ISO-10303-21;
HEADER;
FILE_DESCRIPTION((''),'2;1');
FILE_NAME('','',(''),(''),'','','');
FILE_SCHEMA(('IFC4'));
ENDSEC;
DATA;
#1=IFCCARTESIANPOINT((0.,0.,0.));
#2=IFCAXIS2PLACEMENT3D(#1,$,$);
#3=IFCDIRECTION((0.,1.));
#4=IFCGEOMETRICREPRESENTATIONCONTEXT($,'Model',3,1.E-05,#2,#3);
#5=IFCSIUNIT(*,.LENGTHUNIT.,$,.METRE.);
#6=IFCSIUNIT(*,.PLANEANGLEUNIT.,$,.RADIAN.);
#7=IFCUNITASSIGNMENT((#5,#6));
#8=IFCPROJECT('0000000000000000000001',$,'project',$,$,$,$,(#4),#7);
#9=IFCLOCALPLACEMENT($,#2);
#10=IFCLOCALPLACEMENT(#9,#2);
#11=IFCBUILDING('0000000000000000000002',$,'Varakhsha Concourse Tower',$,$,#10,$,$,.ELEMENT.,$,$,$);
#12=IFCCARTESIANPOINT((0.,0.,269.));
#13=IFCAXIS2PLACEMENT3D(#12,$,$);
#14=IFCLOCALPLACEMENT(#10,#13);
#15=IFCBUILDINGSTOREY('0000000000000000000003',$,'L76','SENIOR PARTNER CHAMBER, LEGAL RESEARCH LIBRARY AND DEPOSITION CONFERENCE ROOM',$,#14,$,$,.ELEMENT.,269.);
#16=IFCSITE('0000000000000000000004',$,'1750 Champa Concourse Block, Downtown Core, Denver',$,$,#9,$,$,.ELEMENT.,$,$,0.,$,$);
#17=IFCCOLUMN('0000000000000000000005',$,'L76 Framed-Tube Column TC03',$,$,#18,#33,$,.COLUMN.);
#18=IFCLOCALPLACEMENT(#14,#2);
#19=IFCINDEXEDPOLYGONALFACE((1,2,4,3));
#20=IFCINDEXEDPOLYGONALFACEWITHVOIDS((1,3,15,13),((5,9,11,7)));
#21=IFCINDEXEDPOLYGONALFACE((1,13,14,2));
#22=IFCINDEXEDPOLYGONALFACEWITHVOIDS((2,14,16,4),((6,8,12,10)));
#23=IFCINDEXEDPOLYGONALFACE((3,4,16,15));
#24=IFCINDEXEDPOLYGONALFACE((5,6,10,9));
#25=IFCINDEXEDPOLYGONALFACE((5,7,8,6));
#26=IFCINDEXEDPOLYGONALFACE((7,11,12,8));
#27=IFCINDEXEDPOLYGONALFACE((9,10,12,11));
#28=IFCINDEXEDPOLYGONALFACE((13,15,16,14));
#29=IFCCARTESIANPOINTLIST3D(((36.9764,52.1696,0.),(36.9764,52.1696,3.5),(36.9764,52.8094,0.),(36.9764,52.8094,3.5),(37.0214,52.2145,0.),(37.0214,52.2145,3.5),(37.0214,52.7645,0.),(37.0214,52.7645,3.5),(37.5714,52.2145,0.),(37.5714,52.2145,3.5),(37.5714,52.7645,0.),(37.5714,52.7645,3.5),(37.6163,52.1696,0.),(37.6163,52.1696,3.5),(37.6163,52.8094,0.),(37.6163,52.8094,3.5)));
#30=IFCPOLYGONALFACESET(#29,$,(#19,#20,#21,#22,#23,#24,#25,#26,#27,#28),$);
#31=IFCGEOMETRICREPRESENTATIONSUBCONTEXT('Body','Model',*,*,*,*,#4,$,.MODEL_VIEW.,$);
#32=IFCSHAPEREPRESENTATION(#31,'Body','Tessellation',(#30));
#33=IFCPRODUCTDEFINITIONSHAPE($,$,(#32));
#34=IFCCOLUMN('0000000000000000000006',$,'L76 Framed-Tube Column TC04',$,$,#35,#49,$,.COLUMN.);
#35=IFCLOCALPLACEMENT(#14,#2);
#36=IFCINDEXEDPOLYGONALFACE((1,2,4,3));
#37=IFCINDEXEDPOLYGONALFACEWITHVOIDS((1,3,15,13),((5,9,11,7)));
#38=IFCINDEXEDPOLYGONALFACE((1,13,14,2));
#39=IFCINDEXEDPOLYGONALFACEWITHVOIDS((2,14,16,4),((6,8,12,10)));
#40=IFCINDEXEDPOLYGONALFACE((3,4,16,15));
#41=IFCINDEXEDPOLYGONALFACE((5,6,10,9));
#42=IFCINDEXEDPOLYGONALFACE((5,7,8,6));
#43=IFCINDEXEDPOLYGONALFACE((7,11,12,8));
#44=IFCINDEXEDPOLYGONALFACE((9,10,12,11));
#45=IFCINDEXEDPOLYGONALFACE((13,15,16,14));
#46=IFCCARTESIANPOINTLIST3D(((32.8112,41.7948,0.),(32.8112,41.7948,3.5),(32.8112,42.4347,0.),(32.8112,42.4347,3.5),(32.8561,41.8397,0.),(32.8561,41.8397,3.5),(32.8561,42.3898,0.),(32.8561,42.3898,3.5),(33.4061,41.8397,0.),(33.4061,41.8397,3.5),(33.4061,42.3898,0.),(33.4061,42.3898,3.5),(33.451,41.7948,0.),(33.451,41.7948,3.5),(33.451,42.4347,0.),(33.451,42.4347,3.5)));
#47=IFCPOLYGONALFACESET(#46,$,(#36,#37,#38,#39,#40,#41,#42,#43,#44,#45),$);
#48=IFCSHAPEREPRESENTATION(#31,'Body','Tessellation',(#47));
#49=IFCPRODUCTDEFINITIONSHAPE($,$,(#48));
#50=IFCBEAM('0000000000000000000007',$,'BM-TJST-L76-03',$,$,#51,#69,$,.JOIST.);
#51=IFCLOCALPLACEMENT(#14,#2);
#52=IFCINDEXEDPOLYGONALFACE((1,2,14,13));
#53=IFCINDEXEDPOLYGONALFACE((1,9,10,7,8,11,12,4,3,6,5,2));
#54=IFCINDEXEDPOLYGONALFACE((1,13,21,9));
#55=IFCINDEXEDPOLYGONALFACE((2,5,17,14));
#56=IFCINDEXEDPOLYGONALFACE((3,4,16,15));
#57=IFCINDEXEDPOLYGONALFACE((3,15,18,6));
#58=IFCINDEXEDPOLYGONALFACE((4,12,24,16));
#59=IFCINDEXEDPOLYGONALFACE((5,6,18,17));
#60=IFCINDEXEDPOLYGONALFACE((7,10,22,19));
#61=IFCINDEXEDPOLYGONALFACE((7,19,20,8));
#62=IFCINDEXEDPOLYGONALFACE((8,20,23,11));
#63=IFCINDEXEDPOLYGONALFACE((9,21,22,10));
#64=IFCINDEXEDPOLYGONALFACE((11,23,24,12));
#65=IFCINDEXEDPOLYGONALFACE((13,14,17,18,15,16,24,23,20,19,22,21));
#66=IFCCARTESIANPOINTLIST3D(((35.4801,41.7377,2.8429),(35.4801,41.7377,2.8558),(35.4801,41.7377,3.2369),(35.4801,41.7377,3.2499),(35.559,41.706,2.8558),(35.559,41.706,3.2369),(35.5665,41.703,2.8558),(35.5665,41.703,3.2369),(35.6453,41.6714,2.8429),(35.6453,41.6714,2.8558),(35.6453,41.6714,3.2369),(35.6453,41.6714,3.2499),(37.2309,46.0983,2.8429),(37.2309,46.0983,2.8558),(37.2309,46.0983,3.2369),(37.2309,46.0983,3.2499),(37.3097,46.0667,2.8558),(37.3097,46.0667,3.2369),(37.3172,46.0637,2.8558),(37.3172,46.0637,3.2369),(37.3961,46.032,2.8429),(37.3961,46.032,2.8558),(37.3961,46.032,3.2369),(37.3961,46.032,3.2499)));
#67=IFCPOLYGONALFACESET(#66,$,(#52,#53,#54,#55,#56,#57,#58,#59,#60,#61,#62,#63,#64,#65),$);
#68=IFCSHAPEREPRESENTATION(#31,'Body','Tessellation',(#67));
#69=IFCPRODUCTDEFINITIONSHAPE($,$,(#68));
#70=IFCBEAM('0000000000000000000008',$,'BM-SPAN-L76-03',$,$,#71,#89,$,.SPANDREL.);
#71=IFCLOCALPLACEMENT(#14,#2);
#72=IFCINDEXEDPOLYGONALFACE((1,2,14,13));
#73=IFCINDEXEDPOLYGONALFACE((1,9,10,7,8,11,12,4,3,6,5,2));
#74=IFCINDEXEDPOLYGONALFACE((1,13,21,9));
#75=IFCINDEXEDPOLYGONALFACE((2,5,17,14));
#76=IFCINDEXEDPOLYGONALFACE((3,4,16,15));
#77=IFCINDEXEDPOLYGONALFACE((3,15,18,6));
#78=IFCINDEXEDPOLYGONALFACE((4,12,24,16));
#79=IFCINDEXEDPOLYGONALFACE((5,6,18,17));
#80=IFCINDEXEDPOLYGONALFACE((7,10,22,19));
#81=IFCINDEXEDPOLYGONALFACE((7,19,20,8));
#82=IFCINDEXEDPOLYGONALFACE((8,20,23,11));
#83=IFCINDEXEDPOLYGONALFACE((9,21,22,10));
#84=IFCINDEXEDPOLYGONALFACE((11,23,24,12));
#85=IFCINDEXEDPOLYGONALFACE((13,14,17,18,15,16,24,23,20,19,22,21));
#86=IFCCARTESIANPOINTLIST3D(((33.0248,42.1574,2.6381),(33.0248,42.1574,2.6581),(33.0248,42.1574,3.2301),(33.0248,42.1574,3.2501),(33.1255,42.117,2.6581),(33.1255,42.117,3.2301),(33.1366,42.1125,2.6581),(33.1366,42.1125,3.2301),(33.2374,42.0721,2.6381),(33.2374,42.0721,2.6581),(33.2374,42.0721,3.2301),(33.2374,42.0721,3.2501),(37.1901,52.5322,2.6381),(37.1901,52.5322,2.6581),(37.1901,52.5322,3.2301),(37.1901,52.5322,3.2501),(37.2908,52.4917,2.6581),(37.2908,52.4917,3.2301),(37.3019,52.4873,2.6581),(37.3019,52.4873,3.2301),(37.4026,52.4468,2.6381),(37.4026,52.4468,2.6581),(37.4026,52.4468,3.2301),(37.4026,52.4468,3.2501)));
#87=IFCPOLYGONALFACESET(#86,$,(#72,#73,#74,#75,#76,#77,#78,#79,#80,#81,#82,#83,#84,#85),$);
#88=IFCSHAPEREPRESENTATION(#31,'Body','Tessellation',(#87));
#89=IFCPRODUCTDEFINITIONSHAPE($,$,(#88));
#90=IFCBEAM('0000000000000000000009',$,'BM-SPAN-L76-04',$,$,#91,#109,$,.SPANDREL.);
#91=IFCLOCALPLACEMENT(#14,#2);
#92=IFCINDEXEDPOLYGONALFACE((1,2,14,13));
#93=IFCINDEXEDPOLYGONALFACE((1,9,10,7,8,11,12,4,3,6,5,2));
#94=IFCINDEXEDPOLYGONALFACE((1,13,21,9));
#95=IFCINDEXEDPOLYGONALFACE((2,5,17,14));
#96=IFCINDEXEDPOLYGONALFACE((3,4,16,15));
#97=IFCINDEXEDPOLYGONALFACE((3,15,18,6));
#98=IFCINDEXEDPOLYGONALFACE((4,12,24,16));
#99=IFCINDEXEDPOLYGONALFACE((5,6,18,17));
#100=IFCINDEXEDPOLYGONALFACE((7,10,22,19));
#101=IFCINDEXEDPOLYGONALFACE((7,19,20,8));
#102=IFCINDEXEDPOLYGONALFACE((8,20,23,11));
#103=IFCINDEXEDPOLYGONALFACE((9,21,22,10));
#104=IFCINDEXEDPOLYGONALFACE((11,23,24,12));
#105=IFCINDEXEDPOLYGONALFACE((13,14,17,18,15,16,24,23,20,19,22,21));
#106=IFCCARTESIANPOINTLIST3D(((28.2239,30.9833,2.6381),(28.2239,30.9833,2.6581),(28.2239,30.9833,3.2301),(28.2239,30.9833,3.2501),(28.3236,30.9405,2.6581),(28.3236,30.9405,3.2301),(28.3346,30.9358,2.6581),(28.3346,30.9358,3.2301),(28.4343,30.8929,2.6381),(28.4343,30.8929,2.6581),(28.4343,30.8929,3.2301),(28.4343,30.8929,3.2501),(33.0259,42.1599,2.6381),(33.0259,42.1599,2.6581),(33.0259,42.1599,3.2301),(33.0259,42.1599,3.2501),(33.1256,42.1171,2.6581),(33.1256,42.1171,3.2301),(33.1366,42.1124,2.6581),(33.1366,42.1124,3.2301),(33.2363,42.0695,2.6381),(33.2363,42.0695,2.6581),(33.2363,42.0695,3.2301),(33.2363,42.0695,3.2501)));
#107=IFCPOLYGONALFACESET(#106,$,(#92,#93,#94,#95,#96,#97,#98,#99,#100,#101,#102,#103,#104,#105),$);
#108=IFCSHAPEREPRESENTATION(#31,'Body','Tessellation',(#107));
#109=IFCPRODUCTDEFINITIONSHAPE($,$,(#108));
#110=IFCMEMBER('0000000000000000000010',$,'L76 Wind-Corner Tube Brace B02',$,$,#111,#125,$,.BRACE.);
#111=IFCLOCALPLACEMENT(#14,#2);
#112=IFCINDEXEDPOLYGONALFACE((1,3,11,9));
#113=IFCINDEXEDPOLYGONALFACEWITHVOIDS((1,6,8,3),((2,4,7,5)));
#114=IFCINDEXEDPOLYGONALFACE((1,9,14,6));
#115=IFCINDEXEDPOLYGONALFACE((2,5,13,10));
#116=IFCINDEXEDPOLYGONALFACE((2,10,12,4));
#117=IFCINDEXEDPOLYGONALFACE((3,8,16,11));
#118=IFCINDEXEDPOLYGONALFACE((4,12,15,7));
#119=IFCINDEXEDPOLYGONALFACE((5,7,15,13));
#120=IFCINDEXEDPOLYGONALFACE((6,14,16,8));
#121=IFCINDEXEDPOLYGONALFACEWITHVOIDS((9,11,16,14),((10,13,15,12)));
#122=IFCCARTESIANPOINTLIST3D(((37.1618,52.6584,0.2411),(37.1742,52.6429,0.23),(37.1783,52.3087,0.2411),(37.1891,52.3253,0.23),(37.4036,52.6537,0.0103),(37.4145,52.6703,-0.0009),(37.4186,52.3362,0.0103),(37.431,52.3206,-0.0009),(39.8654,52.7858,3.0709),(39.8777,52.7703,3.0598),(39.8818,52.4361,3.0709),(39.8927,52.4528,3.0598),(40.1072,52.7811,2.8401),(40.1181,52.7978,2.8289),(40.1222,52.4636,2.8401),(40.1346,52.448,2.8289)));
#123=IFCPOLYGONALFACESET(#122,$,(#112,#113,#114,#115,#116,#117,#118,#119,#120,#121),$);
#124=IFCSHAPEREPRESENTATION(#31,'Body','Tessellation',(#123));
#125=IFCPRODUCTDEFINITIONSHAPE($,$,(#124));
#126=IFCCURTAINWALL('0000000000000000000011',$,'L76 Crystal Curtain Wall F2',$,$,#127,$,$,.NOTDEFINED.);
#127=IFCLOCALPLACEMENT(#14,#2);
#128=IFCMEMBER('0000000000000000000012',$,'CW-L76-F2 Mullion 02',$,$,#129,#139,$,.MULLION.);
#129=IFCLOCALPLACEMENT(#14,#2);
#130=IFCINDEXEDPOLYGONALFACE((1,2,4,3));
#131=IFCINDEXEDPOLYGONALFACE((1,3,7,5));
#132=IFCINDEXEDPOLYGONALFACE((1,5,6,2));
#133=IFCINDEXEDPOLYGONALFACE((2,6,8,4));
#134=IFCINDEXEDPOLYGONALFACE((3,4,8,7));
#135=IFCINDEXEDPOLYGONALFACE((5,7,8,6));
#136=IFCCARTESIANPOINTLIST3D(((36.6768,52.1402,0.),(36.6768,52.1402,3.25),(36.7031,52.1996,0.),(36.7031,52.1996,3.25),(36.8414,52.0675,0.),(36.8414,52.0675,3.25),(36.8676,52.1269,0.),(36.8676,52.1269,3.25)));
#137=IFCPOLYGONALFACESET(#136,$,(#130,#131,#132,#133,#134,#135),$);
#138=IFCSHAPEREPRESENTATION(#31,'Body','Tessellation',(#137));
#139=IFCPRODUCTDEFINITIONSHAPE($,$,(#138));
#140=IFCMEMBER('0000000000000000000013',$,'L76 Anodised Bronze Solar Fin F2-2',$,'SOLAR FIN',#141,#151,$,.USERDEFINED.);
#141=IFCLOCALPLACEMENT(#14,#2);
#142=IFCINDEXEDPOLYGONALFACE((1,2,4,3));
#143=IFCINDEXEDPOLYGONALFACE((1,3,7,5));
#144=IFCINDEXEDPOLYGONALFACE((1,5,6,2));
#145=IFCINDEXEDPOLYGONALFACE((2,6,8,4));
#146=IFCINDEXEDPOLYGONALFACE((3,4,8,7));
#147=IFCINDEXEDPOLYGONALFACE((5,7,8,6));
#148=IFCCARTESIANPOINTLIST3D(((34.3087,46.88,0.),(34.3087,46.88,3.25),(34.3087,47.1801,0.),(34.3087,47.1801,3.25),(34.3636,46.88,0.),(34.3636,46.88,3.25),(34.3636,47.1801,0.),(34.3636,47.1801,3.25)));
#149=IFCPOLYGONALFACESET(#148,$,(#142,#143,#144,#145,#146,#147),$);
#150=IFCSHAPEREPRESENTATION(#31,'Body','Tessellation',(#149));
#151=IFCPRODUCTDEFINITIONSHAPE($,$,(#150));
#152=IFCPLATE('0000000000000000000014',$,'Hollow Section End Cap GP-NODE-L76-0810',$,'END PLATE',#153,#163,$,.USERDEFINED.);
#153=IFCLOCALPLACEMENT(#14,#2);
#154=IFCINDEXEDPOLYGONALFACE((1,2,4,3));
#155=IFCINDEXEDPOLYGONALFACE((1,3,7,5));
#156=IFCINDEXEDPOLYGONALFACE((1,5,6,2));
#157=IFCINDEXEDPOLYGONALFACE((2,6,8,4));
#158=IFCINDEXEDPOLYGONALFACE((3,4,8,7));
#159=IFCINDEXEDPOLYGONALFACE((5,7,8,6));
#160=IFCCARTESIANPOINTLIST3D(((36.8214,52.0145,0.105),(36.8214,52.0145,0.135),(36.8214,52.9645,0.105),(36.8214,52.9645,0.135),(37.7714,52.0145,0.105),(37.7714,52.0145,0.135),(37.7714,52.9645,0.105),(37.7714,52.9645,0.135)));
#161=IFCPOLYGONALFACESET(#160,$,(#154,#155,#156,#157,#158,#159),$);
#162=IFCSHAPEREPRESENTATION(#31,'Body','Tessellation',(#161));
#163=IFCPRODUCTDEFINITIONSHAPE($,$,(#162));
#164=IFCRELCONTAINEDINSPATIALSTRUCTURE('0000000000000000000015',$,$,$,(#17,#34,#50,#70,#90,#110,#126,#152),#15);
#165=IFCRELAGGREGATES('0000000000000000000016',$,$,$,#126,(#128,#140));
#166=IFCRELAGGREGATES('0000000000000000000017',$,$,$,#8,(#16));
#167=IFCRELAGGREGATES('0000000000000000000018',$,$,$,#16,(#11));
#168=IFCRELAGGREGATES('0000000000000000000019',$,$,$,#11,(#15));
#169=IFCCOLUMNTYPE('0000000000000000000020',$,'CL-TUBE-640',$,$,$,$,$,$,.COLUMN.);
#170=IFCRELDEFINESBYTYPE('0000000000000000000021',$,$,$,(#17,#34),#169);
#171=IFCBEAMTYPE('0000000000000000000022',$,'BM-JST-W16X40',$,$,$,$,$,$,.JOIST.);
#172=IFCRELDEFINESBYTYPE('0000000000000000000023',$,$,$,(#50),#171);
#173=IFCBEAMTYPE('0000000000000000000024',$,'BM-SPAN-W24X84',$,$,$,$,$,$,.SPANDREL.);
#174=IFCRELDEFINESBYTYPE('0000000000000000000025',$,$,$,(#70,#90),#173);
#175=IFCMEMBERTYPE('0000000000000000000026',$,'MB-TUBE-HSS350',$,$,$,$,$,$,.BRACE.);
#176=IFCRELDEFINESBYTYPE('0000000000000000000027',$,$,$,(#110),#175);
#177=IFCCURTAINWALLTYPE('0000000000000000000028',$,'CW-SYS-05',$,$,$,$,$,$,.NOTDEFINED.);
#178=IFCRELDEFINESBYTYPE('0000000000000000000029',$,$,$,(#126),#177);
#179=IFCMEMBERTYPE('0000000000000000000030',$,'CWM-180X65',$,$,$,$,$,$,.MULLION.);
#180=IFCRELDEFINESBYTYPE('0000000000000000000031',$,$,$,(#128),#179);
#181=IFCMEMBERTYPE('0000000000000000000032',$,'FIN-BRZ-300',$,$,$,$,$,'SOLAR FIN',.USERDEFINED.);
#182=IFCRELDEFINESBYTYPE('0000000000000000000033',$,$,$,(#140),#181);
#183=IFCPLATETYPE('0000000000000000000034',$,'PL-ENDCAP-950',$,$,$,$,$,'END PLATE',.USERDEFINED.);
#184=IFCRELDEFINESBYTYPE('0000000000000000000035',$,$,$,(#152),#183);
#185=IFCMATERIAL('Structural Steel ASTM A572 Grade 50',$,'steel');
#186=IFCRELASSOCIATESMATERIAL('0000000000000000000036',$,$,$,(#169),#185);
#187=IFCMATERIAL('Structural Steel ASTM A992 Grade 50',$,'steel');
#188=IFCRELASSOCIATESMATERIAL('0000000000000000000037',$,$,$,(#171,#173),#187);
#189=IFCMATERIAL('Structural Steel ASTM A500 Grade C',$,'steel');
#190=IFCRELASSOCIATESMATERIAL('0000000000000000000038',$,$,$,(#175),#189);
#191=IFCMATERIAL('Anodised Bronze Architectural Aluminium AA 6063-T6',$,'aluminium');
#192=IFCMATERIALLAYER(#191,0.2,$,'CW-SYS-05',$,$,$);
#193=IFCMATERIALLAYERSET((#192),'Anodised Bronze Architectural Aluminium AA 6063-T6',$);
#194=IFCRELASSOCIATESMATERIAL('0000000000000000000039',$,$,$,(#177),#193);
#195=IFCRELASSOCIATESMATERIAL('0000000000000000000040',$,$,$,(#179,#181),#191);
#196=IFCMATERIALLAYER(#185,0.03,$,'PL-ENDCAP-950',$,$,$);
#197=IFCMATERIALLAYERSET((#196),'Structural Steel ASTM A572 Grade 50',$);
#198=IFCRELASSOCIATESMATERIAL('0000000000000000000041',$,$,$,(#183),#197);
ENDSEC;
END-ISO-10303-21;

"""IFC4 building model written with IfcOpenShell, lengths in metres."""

from ifc_helpers import new_model, si_unit, direction, frame, origin, origin_2d, place, context, subcontext, project, spatial, rectangle, hollow_rectangle, i_section, extrude, source, transform, mapped, material, layer, layer_set, material_profile, profile_set, type_object, type_shapes, element, aggregate, save


model = new_model("IFC4")

# Units and contexts
model_context = context("Model", 3, precision=1e-05, world=origin(), true_north=direction((0.0, 1.0)))
body_context = subcontext(model_context, "Body", "Model", "MODEL_VIEW")
ifc_project = project(units=[si_unit("LENGTHUNIT", "METRE"), si_unit("PLANEANGLEUNIT", "RADIAN")], contexts=[model_context])

# Site, building, storey
site_placement = place(None, origin())
site = spatial("IfcSite", under=ifc_project, at=site_placement, Name="1750 Champa Concourse Block, Downtown Core, Denver", CompositionType="ELEMENT", RefElevation=0.0)
building_placement = place(site_placement, origin())
building = spatial("IfcBuilding", under=site, at=building_placement, Name="Varakhsha Concourse Tower", CompositionType="ELEMENT")
storey_placement = place(building_placement, frame((0.0, 0.0, 269.0)))
storey = spatial("IfcBuildingStorey", under=building, at=storey_placement, Name="L76", Description="SENIOR PARTNER CHAMBER, LEGAL RESEARCH LIBRARY AND DEPOSITION CONFERENCE ROOM", CompositionType="ELEMENT", Elevation=269.0)

# Columns
ifc_material_1 = material(Name="Structural Steel ASTM A572 Grade 50", Category="steel")
ifc_material_profile_1 = material_profile(ifc_material_1, hollow_rectangle(XDim=0.6399, YDim=0.6399, WallThickness=0.0449, at=origin_2d()), Name="BOX 640x640x45")
ifc_profile_set_1 = profile_set([ifc_material_profile_1], Name="Structural Steel ASTM A572 Grade 50")
column_type = type_object("IfcColumnType", Name="CL-TUBE-640", PredefinedType="COLUMN", material=ifc_profile_set_1)
for number, where, z_axis, x_axis, name in (
    (1, (37.2964, 52.4895, 0.0), (0.0, 0.0, 1.0), (1.0, 0.0, 0.0), "L76 Framed-Tube Column TC03"),
    (2, (33.1311, 42.1147, 0.0), (0.0, 0.0, 1.0), (1.0, 0.0, 0.0), "L76 Framed-Tube Column TC04"),
):
    element("IfcColumn", number, at=place(storey_placement, frame(where, z_axis=z_axis, x_axis=x_axis)), inside=storey, type_object=column_type, Name=name, PredefinedType="COLUMN", context=body_context, shape_type="SweptSolid", body=[
        extrude(hollow_rectangle(XDim=0.6399, YDim=0.6399, WallThickness=0.0449, at=origin_2d()), origin(), (0.0, 0.0, 1.0), 3.5),
    ])

# Beams
ifc_material_2 = material(Name="Structural Steel ASTM A992 Grade 50", Category="steel")
ifc_material_profile_2 = material_profile(ifc_material_2, i_section(OverallWidth=0.178, OverallDepth=0.407, WebThickness=0.0081, FlangeThickness=0.0129, at=origin_2d()), Name="W16X40")
ifc_profile_set_2 = profile_set([ifc_material_profile_2], Name="Structural Steel ASTM A992 Grade 50")
beam_type_1 = type_object("IfcBeamType", Name="BM-JST-W16X40", PredefinedType="JOIST", material=ifc_profile_set_2)
beam_1_placement = place(storey_placement, frame((37.3135, 46.0652, 3.0464), z_axis=(-0.372582, -0.927999, 0.0), x_axis=(0.927999, -0.372582, 0.0)))
element("IfcBeam", 3, at=beam_1_placement, inside=storey, type_object=beam_type_1, Name="BM-TJST-L76-03", PredefinedType="JOIST", context=body_context, shape_type="SweptSolid", body=[
    extrude(i_section(OverallWidth=0.178, OverallDepth=0.407, WebThickness=0.0081, FlangeThickness=0.0129, at=origin_2d()), origin(), (0.0, 0.0, 1.0), 4.699),
])
ifc_material_profile_3 = material_profile(ifc_material_2, i_section(OverallWidth=0.229, OverallDepth=0.6121, WebThickness=0.012, FlangeThickness=0.02, at=origin_2d()), Name="W24X84")
ifc_profile_set_3 = profile_set([ifc_material_profile_3], Name="Structural Steel ASTM A992 Grade 50")
beam_type_2 = type_object("IfcBeamType", Name="BM-SPAN-W24X84", PredefinedType="SPANDREL", material=ifc_profile_set_3)
beam_2_placement = place(storey_placement, frame((37.2964, 52.4895, 2.9441), z_axis=(-0.372576, -0.928002, 0.0), x_axis=(0.928002, -0.372576, 0.0)))
element("IfcBeam", 4, at=beam_2_placement, inside=storey, type_object=beam_type_2, Name="BM-SPAN-L76-03", PredefinedType="SPANDREL", context=body_context, shape_type="SweptSolid", body=[
    extrude(i_section(OverallWidth=0.229, OverallDepth=0.6121, WebThickness=0.012, FlangeThickness=0.02, at=origin_2d()), origin(), (0.0, 0.0, 1.0), 11.1797),
])
beam_3_placement = place(storey_placement, frame((33.1311, 42.1147, 2.9441), z_axis=(-0.394757, -0.918785, 0.0), x_axis=(0.918785, -0.394757, 0.0)))
element("IfcBeam", 5, at=beam_3_placement, inside=storey, type_object=beam_type_2, Name="BM-SPAN-L76-04", PredefinedType="SPANDREL", context=body_context, shape_type="SweptSolid", body=[
    extrude(i_section(OverallWidth=0.229, OverallDepth=0.6121, WebThickness=0.012, FlangeThickness=0.02, at=origin_2d()), origin(), (0.0, 0.0, 1.0), 12.1646),
])

# Member
ifc_material_3 = material(Name="Structural Steel ASTM A500 Grade C", Category="steel")
ifc_material_profile_4 = material_profile(ifc_material_3, hollow_rectangle(XDim=0.3501, YDim=0.3501, WallThickness=0.0161, at=origin_2d()), Name="HSS 350x350x16")
ifc_profile_set_4 = profile_set([ifc_material_profile_4], Name="Structural Steel ASTM A500 Grade C")
member_type_1 = type_object("IfcMemberType", Name="MB-TUBE-HSS350", PredefinedType="BRACE", material=ifc_profile_set_4)
shared_shape_1 = source(origin(), body_context, "Body", "SweptSolid", [
    extrude(hollow_rectangle(XDim=0.3501, YDim=0.3501, WallThickness=0.0161, at=origin_2d()), origin(), (0.0, 0.0, 1.0), 3.9158),
])
type_shapes(member_type_1, [shared_shape_1])
member_1_placement = place(storey_placement, frame((37.2964, 52.4895, 0.1201), z_axis=(0.690432, 0.032545, 0.722665), x_axis=(-0.047085, 0.998891, 0.0)))
element("IfcMember", 6, at=member_1_placement, inside=storey, type_object=member_type_1, Name="L76 Wind-Corner Tube Brace B02", PredefinedType="BRACE", context=body_context, shape_type="MappedRepresentation", body=[
    mapped(shared_shape_1, transform((0.0, 0.0, 0.0), scale=1.0)),
])

# Curtain wall, members
ifc_material_4 = material(Name="Anodised Bronze Architectural Aluminium AA 6063-T6", Category="aluminium")
ifc_layer_1 = layer(ifc_material_4, 0.2, Name="CW-SYS-05")
ifc_layer_set_1 = layer_set([ifc_layer_1], Name="Anodised Bronze Architectural Aluminium AA 6063-T6")
curtain_wall_type = type_object("IfcCurtainWallType", Name="CW-SYS-05", PredefinedType="NOTDEFINED", material=ifc_layer_set_1)
curtain_wall_placement = place(storey_placement, origin())
curtain_wall = element("IfcCurtainWall", 7, at=curtain_wall_placement, inside=storey, type_object=curtain_wall_type, Name="L76 Crystal Curtain Wall F2", PredefinedType="NOTDEFINED")
ifc_material_profile_5 = material_profile(ifc_material_4, rectangle(XDim=0.0649, YDim=0.1799, at=origin_2d()), Name="CWM-180X65")
ifc_profile_set_5 = profile_set([ifc_material_profile_5], Name="Anodised Bronze Architectural Aluminium AA 6063-T6")
member_type_2 = type_object("IfcMemberType", Name="CWM-180X65", PredefinedType="MULLION", material=ifc_profile_set_5)
shared_shape_2 = source(origin(), body_context, "Body", "SweptSolid", [
    extrude(rectangle(XDim=0.0649, YDim=0.1799, at=origin_2d()), origin(), (0.0, 0.0, 1.0), 3.25),
])
type_shapes(member_type_2, [shared_shape_2])
member_2_placement = place(storey_placement, frame((36.7722, 52.1335, 0.0), z_axis=(0.0, 0.0, 1.0), x_axis=(0.404273, 0.914638, 0.0)))
member_2 = element("IfcMember", 8, at=member_2_placement, type_object=member_type_2, Name="CW-L76-F2 Mullion 02", PredefinedType="MULLION", context=body_context, shape_type="MappedRepresentation", body=[
    mapped(shared_shape_2, transform((0.0, 0.0, 0.0), scale=1.0)),
])
ifc_material_profile_6 = material_profile(ifc_material_4, rectangle(XDim=0.0549, YDim=0.3, at=origin_2d()), Name="FIN-BRZ-300")
ifc_profile_set_6 = profile_set([ifc_material_profile_6], Name="Anodised Bronze Architectural Aluminium AA 6063-T6")
member_type_3 = type_object("IfcMemberType", Name="FIN-BRZ-300", ElementType="SOLAR FIN", PredefinedType="USERDEFINED", material=ifc_profile_set_6)
shared_shape_3 = source(origin(), body_context, "Body", "SweptSolid", [
    extrude(rectangle(XDim=0.0549, YDim=0.3, at=origin_2d()), origin(), (0.0, 0.0, 1.0), 3.25),
])
type_shapes(member_type_3, [shared_shape_3])
member_3_placement = place(storey_placement, frame((34.3362, 47.03, 0.0), z_axis=(0.0, 0.0, 1.0), x_axis=(1.0, 0.0, 0.0)))
member_3 = element("IfcMember", 9, at=member_3_placement, type_object=member_type_3, Name="L76 Anodised Bronze Solar Fin F2-2", ObjectType="SOLAR FIN", PredefinedType="USERDEFINED", context=body_context, shape_type="MappedRepresentation", body=[
    mapped(shared_shape_3, transform((0.0, 0.0, 0.0), scale=1.0)),
])

# Plate
ifc_layer_2 = layer(ifc_material_1, 0.03, Name="PL-ENDCAP-950")
ifc_layer_set_2 = layer_set([ifc_layer_2], Name="Structural Steel ASTM A572 Grade 50")
plate_type_1 = type_object("IfcPlateType", Name="PL-ENDCAP-950", ElementType="END PLATE", PredefinedType="USERDEFINED", material=ifc_layer_set_2)
shared_shape_4 = source(origin(), body_context, "Body", "SweptSolid", [
    extrude(rectangle(XDim=0.95, YDim=0.95, at=origin_2d()), origin(), (0.0, 0.0, 1.0), 0.03),
])
type_shapes(plate_type_1, [shared_shape_4])
plate_1_placement = place(storey_placement, frame((37.2964, 52.4895, 0.105), z_axis=(0.0, 0.0, 1.0), x_axis=(1.0, 0.0, 0.0)))
element("IfcPlate", 10, at=plate_1_placement, inside=storey, type_object=plate_type_1, Name="Hollow Section End Cap GP-NODE-L76-0810", ObjectType="END PLATE", PredefinedType="USERDEFINED", context=body_context, shape_type="MappedRepresentation", body=[
    mapped(shared_shape_4, transform((0.0, 0.0, 0.0), scale=1.0)),
])
aggregate(curtain_wall, [member_2, member_3])

save(model, "model.ifc")
